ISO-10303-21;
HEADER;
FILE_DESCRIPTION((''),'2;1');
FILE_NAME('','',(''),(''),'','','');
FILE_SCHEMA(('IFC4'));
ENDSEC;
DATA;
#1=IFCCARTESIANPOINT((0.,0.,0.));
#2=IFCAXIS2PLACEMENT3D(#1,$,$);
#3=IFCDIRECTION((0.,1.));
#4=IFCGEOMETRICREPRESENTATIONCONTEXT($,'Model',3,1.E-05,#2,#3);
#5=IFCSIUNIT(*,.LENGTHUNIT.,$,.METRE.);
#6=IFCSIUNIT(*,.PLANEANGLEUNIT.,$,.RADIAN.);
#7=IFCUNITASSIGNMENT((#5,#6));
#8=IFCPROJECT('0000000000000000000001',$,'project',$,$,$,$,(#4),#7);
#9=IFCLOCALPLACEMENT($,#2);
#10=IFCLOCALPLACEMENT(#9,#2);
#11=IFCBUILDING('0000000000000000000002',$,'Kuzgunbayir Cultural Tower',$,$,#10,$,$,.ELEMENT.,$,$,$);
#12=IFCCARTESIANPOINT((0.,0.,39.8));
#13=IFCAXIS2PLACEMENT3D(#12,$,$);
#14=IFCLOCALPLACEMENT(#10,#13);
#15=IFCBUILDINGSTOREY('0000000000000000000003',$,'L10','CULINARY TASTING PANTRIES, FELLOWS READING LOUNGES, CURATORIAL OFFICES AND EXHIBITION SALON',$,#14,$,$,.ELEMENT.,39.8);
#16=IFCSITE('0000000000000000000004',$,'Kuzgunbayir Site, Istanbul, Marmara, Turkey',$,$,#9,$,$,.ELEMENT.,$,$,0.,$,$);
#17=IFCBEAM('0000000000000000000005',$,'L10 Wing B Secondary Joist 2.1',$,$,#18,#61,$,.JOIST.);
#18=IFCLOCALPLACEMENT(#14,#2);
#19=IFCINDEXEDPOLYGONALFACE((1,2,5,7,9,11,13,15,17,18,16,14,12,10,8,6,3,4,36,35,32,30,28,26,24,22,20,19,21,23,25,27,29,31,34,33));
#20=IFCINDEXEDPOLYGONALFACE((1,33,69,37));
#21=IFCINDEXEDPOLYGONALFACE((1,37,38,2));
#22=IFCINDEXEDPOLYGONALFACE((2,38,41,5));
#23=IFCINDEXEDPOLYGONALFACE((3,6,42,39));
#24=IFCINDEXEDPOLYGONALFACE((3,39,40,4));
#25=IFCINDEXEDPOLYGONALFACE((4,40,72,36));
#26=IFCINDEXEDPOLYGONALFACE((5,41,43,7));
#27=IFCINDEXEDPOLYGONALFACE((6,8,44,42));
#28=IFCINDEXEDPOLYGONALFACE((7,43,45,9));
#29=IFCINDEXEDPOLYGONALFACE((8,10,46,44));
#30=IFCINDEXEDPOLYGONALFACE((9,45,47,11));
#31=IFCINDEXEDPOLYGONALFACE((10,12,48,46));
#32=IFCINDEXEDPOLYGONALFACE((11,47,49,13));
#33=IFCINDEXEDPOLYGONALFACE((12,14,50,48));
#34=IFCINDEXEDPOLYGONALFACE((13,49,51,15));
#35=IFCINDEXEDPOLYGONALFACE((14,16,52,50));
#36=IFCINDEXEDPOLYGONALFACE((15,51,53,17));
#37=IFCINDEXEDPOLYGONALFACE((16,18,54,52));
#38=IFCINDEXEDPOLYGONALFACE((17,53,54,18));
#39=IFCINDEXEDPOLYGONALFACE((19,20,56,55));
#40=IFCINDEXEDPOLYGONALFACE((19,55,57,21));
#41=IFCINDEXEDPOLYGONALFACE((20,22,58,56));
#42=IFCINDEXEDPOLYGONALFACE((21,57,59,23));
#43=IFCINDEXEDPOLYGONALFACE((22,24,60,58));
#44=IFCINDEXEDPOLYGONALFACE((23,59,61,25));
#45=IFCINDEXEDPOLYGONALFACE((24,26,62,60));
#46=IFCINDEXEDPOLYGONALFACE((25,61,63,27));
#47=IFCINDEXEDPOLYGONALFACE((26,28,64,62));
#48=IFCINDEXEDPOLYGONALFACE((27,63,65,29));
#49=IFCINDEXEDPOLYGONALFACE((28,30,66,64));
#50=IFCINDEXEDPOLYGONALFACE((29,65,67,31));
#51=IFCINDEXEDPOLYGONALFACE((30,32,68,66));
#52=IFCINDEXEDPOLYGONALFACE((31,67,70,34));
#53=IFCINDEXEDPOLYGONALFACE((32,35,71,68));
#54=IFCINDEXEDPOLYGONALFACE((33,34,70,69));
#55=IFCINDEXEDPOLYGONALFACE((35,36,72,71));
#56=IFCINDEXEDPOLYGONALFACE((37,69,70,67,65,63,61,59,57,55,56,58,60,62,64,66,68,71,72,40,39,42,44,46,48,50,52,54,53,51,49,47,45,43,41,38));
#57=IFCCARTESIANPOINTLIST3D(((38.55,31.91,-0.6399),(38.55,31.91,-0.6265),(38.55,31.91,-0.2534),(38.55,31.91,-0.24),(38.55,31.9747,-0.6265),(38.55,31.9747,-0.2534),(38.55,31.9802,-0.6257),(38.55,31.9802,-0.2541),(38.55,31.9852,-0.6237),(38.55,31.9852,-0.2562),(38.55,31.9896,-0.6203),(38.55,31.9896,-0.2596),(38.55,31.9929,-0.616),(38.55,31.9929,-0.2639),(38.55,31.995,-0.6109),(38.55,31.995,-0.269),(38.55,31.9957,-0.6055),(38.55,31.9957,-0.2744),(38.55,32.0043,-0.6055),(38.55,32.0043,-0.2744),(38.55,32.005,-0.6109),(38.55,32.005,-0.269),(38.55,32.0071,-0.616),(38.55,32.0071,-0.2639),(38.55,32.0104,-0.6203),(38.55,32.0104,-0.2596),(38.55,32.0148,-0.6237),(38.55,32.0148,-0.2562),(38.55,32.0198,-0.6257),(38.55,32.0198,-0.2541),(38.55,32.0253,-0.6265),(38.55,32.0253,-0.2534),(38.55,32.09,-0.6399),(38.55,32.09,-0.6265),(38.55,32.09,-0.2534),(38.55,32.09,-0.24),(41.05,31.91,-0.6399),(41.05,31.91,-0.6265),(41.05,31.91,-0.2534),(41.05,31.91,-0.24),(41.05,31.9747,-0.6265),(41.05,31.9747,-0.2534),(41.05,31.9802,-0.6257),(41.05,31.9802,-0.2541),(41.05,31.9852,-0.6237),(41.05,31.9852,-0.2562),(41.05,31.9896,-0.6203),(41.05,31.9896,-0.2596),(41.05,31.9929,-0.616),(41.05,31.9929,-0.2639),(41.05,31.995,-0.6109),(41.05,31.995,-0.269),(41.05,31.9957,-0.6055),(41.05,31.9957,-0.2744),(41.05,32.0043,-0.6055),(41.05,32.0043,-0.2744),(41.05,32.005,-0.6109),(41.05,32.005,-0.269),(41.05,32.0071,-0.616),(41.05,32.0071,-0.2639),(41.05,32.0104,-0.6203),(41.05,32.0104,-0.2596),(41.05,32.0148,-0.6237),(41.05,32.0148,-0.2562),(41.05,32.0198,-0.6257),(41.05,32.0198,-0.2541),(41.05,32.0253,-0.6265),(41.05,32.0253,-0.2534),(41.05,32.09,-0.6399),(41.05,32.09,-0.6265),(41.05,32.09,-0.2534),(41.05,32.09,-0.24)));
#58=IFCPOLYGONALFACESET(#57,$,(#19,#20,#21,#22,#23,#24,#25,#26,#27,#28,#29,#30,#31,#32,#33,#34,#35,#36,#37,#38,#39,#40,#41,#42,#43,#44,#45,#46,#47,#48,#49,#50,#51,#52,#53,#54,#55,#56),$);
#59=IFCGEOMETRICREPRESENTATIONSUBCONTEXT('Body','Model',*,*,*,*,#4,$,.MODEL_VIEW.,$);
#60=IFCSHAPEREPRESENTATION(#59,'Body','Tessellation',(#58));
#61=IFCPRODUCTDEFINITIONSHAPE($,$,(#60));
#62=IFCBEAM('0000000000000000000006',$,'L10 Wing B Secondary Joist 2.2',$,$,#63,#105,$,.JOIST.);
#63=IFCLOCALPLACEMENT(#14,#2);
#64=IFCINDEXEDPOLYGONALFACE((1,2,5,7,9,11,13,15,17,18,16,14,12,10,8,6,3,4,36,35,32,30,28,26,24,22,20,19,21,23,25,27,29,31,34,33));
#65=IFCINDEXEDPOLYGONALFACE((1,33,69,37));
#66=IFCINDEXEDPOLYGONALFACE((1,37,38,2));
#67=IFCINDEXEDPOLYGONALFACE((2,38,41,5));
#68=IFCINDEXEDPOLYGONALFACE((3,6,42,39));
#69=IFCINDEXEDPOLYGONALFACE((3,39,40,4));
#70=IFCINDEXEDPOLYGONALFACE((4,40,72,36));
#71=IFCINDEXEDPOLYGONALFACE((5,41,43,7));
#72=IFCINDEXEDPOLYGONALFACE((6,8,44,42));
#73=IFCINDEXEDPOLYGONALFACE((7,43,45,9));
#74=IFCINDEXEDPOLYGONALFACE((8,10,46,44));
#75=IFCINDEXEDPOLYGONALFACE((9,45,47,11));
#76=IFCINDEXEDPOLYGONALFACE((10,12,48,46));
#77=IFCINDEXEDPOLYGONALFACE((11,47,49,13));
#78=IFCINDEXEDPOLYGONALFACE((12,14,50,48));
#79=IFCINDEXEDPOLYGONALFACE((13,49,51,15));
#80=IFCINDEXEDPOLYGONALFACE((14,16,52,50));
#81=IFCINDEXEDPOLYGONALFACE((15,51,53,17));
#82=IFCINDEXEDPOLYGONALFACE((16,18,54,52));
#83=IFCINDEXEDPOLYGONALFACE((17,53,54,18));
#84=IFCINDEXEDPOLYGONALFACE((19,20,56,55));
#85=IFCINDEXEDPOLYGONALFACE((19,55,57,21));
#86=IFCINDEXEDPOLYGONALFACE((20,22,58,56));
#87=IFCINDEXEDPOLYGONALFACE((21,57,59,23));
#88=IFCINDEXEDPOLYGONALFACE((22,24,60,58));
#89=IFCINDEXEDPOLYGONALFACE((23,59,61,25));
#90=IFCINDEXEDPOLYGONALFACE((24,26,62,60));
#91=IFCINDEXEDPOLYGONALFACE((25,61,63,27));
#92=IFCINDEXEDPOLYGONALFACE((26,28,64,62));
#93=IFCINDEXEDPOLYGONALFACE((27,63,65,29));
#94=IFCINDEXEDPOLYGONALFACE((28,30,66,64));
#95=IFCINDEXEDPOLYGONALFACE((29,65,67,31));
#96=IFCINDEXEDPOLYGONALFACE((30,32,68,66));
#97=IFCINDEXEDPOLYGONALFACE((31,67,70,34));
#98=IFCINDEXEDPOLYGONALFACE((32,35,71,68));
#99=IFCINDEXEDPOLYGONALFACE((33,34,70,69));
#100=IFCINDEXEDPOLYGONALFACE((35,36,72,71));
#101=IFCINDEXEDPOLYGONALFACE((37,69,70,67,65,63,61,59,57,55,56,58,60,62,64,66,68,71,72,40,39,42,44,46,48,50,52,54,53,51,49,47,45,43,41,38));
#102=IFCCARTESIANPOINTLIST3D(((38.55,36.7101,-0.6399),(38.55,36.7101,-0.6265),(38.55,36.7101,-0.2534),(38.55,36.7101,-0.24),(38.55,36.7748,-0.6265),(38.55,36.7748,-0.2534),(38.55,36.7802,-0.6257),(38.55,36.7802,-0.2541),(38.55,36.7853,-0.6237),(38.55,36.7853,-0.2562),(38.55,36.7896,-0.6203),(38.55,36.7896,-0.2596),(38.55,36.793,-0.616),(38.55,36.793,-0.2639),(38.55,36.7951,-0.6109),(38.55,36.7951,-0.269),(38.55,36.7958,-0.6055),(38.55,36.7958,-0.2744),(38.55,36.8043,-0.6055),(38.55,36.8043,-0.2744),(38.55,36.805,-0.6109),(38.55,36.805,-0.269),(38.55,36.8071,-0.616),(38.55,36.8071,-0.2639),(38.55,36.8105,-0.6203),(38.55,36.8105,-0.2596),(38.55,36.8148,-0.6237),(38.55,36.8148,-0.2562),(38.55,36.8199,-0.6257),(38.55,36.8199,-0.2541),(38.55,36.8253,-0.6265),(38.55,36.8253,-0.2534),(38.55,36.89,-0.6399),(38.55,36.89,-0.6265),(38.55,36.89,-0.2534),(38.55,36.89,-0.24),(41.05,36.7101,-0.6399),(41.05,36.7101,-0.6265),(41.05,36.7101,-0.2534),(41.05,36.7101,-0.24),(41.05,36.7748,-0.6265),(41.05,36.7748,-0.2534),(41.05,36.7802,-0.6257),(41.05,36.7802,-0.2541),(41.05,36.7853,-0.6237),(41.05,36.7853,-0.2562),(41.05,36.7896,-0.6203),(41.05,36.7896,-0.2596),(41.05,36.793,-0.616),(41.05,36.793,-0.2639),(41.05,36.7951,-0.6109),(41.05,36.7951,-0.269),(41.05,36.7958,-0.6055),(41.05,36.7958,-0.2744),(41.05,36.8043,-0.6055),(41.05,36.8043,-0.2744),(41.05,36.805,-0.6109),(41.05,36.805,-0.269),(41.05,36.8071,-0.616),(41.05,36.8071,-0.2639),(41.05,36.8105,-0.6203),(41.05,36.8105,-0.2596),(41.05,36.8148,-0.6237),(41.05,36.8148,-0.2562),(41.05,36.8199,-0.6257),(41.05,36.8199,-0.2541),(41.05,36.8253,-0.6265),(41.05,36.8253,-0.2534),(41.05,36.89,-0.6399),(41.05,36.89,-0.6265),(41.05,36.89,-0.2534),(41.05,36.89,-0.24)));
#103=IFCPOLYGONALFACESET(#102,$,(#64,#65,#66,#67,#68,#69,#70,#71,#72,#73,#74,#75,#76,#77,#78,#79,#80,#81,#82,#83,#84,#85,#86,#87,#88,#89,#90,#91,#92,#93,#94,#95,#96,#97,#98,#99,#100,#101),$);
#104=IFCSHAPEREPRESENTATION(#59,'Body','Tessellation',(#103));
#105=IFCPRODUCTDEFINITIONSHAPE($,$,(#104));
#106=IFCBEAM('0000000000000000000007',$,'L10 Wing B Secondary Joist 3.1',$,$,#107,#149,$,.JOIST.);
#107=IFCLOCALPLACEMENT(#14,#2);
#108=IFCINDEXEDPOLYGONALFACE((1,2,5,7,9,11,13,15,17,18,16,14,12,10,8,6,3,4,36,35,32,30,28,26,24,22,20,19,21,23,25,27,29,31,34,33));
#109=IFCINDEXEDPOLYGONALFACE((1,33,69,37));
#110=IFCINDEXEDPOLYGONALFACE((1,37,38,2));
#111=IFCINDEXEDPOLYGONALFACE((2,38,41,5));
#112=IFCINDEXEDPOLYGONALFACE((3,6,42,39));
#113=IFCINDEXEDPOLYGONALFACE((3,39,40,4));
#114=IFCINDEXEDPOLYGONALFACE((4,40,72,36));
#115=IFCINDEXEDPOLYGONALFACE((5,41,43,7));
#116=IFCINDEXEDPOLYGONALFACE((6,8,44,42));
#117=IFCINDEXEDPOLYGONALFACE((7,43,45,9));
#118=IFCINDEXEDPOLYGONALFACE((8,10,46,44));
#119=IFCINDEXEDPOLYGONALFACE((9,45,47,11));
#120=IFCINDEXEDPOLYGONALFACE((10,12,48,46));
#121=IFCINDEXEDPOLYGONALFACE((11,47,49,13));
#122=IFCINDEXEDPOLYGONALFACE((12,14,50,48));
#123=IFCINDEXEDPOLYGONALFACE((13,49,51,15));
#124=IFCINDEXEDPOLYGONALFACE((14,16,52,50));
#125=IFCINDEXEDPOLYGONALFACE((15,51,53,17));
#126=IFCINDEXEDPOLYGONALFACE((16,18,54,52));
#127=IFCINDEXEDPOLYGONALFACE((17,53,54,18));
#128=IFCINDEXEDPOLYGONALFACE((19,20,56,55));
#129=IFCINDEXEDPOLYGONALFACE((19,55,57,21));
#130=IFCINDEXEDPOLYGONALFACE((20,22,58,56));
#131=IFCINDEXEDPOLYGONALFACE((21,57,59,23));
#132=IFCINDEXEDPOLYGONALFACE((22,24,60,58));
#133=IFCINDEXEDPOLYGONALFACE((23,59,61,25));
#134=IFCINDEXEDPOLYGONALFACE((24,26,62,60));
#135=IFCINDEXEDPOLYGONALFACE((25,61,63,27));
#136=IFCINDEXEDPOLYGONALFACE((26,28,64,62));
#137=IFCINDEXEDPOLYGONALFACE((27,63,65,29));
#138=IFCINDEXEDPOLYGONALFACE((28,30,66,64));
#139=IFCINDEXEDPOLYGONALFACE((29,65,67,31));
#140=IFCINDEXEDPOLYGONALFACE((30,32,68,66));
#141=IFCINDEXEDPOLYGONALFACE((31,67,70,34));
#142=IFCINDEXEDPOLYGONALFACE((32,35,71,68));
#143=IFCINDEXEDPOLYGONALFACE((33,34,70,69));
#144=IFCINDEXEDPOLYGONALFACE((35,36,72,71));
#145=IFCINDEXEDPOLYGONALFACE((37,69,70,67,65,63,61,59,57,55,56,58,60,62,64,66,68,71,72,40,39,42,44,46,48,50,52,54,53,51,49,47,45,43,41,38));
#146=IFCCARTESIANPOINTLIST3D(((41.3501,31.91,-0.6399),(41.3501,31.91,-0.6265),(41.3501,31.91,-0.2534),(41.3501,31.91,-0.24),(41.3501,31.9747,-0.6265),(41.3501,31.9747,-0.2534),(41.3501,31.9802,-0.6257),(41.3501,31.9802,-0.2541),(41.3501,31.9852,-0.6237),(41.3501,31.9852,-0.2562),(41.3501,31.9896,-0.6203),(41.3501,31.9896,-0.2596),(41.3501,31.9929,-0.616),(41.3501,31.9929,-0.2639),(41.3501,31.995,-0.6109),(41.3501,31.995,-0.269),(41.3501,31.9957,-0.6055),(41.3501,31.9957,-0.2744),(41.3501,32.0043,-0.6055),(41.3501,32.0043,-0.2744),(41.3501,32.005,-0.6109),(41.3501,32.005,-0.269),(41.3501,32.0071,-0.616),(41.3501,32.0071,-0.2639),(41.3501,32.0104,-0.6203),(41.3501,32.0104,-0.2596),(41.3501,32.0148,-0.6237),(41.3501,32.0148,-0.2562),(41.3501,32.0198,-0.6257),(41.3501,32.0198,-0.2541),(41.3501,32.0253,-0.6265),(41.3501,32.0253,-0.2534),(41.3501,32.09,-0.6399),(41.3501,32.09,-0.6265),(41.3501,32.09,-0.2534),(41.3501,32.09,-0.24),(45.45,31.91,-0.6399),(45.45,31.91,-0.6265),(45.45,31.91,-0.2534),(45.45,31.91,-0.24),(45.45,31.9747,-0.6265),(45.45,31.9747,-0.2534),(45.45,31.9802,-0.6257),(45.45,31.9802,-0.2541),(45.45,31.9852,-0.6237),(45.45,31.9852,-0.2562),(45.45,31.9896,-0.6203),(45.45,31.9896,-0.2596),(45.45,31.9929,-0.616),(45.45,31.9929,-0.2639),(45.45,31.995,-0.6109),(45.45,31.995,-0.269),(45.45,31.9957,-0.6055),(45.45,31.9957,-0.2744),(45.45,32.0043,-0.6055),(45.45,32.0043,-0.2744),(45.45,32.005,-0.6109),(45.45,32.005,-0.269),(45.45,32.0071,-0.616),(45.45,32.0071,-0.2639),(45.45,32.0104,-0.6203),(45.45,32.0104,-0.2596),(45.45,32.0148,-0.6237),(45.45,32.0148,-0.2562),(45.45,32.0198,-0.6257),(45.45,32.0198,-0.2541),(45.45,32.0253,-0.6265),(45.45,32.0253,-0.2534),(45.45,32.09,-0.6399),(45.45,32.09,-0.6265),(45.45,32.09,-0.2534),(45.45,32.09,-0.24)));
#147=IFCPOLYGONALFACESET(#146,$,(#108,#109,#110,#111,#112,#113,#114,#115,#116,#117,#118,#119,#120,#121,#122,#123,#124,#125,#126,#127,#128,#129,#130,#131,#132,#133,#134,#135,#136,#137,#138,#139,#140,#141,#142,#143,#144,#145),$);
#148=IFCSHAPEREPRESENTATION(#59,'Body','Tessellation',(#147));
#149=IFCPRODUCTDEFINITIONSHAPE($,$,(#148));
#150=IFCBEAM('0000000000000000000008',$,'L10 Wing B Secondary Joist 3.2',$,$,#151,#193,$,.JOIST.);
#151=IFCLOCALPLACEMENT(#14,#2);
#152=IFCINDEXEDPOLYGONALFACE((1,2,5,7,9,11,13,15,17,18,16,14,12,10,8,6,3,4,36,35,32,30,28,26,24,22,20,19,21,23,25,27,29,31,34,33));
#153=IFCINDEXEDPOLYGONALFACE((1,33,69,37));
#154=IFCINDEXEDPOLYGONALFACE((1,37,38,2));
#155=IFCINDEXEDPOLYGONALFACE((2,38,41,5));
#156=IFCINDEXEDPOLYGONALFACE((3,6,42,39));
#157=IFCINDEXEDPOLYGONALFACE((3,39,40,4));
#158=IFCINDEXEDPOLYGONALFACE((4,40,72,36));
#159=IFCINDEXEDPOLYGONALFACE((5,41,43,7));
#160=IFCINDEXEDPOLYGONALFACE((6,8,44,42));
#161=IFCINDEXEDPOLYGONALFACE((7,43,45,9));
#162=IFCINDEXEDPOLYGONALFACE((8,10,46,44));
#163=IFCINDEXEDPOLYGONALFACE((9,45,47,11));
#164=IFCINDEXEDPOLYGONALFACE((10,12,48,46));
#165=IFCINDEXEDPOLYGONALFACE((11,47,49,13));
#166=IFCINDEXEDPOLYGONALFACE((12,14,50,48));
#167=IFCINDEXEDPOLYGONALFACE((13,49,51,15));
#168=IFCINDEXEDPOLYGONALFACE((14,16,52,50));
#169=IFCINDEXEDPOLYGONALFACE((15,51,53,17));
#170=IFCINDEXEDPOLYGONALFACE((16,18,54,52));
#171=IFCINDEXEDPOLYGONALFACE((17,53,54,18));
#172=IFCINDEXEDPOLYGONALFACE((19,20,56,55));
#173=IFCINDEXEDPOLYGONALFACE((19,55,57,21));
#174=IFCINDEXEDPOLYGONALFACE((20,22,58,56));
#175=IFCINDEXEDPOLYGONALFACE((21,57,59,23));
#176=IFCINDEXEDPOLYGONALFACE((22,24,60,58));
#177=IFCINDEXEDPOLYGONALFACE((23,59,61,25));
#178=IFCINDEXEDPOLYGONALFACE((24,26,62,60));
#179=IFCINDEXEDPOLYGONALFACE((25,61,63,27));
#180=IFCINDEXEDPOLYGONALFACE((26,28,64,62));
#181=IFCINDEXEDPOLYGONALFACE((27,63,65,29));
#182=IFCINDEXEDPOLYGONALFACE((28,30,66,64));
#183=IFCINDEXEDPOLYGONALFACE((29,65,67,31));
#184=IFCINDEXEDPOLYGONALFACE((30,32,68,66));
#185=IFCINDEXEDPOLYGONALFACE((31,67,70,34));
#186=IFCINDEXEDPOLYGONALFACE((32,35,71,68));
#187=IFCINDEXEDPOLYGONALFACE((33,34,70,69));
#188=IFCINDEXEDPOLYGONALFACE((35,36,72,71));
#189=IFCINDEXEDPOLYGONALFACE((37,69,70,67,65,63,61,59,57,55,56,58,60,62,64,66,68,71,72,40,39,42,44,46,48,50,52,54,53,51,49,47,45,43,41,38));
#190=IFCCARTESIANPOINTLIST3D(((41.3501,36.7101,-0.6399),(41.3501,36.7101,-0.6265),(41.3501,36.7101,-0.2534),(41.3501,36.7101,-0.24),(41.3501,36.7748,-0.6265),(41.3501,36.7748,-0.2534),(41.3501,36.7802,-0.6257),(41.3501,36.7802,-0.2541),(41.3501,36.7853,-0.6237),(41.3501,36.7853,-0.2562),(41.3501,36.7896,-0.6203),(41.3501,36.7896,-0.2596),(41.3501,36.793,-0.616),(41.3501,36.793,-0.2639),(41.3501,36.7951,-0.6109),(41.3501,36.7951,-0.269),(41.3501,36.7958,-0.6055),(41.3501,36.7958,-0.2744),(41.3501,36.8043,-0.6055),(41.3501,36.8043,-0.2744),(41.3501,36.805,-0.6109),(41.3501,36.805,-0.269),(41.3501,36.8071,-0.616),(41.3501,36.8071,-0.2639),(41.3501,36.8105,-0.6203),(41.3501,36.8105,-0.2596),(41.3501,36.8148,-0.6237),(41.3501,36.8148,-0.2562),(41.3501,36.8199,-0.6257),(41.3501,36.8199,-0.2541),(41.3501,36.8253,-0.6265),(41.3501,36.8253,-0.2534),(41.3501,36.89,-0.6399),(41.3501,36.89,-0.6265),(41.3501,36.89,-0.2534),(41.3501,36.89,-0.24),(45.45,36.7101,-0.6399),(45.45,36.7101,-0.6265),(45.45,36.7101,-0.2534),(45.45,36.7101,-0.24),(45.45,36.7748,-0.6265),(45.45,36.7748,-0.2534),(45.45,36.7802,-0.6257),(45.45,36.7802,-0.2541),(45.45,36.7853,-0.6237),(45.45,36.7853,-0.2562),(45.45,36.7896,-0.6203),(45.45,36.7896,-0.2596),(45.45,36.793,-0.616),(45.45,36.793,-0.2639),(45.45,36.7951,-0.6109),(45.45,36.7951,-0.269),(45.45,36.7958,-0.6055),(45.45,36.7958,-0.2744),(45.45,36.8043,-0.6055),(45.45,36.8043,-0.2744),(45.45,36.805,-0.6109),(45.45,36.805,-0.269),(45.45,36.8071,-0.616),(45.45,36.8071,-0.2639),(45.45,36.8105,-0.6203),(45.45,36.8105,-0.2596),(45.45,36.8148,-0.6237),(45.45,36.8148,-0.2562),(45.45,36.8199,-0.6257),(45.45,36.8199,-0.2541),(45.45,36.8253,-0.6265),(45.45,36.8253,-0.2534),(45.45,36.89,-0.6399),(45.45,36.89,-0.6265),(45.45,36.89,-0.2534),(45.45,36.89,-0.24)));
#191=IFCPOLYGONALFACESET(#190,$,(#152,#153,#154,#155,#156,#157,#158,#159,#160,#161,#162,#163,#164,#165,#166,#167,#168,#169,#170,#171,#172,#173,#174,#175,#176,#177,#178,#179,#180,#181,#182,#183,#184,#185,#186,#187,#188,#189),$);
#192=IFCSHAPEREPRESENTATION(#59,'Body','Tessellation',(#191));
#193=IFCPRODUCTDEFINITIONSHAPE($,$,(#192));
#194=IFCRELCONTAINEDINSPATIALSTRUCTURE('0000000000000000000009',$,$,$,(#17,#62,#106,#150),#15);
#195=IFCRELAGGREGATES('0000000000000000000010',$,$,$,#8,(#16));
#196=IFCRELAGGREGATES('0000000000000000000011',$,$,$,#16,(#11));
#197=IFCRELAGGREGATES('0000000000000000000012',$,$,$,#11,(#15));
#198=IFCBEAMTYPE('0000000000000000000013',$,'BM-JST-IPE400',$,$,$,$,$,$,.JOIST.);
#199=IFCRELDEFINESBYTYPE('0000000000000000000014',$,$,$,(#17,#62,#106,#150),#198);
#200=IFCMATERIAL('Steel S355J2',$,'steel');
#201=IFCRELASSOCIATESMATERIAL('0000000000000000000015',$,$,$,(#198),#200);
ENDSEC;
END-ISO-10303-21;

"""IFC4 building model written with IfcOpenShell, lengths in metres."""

from ifc_helpers import new_model, si_unit, direction, frame, origin, origin_2d, place, context, subcontext, project, spatial, i_section, extrude, material, material_profile, profile_set, type_object, element, save


model = new_model("IFC4")

# Units and contexts
model_context = context("Model", 3, precision=1e-05, world=origin(), true_north=direction((0.0, 1.0)))
body_context = subcontext(model_context, "Body", "Model", "MODEL_VIEW")
ifc_project = project(units=[si_unit("LENGTHUNIT", "METRE"), si_unit("PLANEANGLEUNIT", "RADIAN")], contexts=[model_context])

# Site, building, storey
site_placement = place(None, origin())
site = spatial("IfcSite", under=ifc_project, at=site_placement, Name="Kuzgunbayir Site, Istanbul, Marmara, Turkey", CompositionType="ELEMENT", RefElevation=0.0)
building_placement = place(site_placement, origin())
building = spatial("IfcBuilding", under=site, at=building_placement, Name="Kuzgunbayir Cultural Tower", CompositionType="ELEMENT")
storey_placement = place(building_placement, frame((0.0, 0.0, 39.8)))
storey = spatial("IfcBuildingStorey", under=building, at=storey_placement, Name="L10", Description="CULINARY TASTING PANTRIES, FELLOWS READING LOUNGES, CURATORIAL OFFICES AND EXHIBITION SALON", CompositionType="ELEMENT", Elevation=39.8)

# Beams
ifc_material_1 = material(Name="Steel S355J2", Category="steel")
ifc_material_profile_1 = material_profile(ifc_material_1, i_section(OverallWidth=0.1799, OverallDepth=0.3999, WebThickness=0.0085, FlangeThickness=0.0134, FilletRadius=0.021, at=origin_2d()), Name="IPE 400")
ifc_profile_set_1 = profile_set([ifc_material_profile_1], Name="Steel S355J2")
beam_type_1 = type_object("IfcBeamType", Name="BM-JST-IPE400", PredefinedType="JOIST", material=ifc_profile_set_1)
for number, where, z_axis, x_axis, name in (
    (1, (38.55, 32.0, -0.4399), (1.0, 0.0, 0.0), (0.0, 1.0, 0.0), "L10 Wing B Secondary Joist 2.1"),
    (2, (38.55, 36.8, -0.4399), (1.0, 0.0, 0.0), (0.0, 1.0, 0.0), "L10 Wing B Secondary Joist 2.2"),
):
    element("IfcBeam", number, at=place(storey_placement, frame(where, z_axis=z_axis, x_axis=x_axis)), inside=storey, type_object=beam_type_1, Name=name, PredefinedType="JOIST", context=body_context, shape_type="SweptSolid", body=[
        extrude(i_section(OverallWidth=0.1799, OverallDepth=0.3999, WebThickness=0.0085, FlangeThickness=0.0134, FilletRadius=0.021, at=origin_2d()), origin(), (0.0, 0.0, 1.0), 2.5),
    ])
for number, where, z_axis, x_axis, name in (
    (3, (41.3501, 32.0, -0.4399), (1.0, 0.0, 0.0), (0.0, 1.0, 0.0), "L10 Wing B Secondary Joist 3.1"),
    (4, (41.3501, 36.8, -0.4399), (1.0, 0.0, 0.0), (0.0, 1.0, 0.0), "L10 Wing B Secondary Joist 3.2"),
):
    element("IfcBeam", number, at=place(storey_placement, frame(where, z_axis=z_axis, x_axis=x_axis)), inside=storey, type_object=beam_type_1, Name=name, PredefinedType="JOIST", context=body_context, shape_type="SweptSolid", body=[
        extrude(i_section(OverallWidth=0.1799, OverallDepth=0.3999, WebThickness=0.0085, FlangeThickness=0.0134, FilletRadius=0.021, at=origin_2d()), origin(), (0.0, 0.0, 1.0), 4.0999),
    ])

save(model, "model.ifc")
